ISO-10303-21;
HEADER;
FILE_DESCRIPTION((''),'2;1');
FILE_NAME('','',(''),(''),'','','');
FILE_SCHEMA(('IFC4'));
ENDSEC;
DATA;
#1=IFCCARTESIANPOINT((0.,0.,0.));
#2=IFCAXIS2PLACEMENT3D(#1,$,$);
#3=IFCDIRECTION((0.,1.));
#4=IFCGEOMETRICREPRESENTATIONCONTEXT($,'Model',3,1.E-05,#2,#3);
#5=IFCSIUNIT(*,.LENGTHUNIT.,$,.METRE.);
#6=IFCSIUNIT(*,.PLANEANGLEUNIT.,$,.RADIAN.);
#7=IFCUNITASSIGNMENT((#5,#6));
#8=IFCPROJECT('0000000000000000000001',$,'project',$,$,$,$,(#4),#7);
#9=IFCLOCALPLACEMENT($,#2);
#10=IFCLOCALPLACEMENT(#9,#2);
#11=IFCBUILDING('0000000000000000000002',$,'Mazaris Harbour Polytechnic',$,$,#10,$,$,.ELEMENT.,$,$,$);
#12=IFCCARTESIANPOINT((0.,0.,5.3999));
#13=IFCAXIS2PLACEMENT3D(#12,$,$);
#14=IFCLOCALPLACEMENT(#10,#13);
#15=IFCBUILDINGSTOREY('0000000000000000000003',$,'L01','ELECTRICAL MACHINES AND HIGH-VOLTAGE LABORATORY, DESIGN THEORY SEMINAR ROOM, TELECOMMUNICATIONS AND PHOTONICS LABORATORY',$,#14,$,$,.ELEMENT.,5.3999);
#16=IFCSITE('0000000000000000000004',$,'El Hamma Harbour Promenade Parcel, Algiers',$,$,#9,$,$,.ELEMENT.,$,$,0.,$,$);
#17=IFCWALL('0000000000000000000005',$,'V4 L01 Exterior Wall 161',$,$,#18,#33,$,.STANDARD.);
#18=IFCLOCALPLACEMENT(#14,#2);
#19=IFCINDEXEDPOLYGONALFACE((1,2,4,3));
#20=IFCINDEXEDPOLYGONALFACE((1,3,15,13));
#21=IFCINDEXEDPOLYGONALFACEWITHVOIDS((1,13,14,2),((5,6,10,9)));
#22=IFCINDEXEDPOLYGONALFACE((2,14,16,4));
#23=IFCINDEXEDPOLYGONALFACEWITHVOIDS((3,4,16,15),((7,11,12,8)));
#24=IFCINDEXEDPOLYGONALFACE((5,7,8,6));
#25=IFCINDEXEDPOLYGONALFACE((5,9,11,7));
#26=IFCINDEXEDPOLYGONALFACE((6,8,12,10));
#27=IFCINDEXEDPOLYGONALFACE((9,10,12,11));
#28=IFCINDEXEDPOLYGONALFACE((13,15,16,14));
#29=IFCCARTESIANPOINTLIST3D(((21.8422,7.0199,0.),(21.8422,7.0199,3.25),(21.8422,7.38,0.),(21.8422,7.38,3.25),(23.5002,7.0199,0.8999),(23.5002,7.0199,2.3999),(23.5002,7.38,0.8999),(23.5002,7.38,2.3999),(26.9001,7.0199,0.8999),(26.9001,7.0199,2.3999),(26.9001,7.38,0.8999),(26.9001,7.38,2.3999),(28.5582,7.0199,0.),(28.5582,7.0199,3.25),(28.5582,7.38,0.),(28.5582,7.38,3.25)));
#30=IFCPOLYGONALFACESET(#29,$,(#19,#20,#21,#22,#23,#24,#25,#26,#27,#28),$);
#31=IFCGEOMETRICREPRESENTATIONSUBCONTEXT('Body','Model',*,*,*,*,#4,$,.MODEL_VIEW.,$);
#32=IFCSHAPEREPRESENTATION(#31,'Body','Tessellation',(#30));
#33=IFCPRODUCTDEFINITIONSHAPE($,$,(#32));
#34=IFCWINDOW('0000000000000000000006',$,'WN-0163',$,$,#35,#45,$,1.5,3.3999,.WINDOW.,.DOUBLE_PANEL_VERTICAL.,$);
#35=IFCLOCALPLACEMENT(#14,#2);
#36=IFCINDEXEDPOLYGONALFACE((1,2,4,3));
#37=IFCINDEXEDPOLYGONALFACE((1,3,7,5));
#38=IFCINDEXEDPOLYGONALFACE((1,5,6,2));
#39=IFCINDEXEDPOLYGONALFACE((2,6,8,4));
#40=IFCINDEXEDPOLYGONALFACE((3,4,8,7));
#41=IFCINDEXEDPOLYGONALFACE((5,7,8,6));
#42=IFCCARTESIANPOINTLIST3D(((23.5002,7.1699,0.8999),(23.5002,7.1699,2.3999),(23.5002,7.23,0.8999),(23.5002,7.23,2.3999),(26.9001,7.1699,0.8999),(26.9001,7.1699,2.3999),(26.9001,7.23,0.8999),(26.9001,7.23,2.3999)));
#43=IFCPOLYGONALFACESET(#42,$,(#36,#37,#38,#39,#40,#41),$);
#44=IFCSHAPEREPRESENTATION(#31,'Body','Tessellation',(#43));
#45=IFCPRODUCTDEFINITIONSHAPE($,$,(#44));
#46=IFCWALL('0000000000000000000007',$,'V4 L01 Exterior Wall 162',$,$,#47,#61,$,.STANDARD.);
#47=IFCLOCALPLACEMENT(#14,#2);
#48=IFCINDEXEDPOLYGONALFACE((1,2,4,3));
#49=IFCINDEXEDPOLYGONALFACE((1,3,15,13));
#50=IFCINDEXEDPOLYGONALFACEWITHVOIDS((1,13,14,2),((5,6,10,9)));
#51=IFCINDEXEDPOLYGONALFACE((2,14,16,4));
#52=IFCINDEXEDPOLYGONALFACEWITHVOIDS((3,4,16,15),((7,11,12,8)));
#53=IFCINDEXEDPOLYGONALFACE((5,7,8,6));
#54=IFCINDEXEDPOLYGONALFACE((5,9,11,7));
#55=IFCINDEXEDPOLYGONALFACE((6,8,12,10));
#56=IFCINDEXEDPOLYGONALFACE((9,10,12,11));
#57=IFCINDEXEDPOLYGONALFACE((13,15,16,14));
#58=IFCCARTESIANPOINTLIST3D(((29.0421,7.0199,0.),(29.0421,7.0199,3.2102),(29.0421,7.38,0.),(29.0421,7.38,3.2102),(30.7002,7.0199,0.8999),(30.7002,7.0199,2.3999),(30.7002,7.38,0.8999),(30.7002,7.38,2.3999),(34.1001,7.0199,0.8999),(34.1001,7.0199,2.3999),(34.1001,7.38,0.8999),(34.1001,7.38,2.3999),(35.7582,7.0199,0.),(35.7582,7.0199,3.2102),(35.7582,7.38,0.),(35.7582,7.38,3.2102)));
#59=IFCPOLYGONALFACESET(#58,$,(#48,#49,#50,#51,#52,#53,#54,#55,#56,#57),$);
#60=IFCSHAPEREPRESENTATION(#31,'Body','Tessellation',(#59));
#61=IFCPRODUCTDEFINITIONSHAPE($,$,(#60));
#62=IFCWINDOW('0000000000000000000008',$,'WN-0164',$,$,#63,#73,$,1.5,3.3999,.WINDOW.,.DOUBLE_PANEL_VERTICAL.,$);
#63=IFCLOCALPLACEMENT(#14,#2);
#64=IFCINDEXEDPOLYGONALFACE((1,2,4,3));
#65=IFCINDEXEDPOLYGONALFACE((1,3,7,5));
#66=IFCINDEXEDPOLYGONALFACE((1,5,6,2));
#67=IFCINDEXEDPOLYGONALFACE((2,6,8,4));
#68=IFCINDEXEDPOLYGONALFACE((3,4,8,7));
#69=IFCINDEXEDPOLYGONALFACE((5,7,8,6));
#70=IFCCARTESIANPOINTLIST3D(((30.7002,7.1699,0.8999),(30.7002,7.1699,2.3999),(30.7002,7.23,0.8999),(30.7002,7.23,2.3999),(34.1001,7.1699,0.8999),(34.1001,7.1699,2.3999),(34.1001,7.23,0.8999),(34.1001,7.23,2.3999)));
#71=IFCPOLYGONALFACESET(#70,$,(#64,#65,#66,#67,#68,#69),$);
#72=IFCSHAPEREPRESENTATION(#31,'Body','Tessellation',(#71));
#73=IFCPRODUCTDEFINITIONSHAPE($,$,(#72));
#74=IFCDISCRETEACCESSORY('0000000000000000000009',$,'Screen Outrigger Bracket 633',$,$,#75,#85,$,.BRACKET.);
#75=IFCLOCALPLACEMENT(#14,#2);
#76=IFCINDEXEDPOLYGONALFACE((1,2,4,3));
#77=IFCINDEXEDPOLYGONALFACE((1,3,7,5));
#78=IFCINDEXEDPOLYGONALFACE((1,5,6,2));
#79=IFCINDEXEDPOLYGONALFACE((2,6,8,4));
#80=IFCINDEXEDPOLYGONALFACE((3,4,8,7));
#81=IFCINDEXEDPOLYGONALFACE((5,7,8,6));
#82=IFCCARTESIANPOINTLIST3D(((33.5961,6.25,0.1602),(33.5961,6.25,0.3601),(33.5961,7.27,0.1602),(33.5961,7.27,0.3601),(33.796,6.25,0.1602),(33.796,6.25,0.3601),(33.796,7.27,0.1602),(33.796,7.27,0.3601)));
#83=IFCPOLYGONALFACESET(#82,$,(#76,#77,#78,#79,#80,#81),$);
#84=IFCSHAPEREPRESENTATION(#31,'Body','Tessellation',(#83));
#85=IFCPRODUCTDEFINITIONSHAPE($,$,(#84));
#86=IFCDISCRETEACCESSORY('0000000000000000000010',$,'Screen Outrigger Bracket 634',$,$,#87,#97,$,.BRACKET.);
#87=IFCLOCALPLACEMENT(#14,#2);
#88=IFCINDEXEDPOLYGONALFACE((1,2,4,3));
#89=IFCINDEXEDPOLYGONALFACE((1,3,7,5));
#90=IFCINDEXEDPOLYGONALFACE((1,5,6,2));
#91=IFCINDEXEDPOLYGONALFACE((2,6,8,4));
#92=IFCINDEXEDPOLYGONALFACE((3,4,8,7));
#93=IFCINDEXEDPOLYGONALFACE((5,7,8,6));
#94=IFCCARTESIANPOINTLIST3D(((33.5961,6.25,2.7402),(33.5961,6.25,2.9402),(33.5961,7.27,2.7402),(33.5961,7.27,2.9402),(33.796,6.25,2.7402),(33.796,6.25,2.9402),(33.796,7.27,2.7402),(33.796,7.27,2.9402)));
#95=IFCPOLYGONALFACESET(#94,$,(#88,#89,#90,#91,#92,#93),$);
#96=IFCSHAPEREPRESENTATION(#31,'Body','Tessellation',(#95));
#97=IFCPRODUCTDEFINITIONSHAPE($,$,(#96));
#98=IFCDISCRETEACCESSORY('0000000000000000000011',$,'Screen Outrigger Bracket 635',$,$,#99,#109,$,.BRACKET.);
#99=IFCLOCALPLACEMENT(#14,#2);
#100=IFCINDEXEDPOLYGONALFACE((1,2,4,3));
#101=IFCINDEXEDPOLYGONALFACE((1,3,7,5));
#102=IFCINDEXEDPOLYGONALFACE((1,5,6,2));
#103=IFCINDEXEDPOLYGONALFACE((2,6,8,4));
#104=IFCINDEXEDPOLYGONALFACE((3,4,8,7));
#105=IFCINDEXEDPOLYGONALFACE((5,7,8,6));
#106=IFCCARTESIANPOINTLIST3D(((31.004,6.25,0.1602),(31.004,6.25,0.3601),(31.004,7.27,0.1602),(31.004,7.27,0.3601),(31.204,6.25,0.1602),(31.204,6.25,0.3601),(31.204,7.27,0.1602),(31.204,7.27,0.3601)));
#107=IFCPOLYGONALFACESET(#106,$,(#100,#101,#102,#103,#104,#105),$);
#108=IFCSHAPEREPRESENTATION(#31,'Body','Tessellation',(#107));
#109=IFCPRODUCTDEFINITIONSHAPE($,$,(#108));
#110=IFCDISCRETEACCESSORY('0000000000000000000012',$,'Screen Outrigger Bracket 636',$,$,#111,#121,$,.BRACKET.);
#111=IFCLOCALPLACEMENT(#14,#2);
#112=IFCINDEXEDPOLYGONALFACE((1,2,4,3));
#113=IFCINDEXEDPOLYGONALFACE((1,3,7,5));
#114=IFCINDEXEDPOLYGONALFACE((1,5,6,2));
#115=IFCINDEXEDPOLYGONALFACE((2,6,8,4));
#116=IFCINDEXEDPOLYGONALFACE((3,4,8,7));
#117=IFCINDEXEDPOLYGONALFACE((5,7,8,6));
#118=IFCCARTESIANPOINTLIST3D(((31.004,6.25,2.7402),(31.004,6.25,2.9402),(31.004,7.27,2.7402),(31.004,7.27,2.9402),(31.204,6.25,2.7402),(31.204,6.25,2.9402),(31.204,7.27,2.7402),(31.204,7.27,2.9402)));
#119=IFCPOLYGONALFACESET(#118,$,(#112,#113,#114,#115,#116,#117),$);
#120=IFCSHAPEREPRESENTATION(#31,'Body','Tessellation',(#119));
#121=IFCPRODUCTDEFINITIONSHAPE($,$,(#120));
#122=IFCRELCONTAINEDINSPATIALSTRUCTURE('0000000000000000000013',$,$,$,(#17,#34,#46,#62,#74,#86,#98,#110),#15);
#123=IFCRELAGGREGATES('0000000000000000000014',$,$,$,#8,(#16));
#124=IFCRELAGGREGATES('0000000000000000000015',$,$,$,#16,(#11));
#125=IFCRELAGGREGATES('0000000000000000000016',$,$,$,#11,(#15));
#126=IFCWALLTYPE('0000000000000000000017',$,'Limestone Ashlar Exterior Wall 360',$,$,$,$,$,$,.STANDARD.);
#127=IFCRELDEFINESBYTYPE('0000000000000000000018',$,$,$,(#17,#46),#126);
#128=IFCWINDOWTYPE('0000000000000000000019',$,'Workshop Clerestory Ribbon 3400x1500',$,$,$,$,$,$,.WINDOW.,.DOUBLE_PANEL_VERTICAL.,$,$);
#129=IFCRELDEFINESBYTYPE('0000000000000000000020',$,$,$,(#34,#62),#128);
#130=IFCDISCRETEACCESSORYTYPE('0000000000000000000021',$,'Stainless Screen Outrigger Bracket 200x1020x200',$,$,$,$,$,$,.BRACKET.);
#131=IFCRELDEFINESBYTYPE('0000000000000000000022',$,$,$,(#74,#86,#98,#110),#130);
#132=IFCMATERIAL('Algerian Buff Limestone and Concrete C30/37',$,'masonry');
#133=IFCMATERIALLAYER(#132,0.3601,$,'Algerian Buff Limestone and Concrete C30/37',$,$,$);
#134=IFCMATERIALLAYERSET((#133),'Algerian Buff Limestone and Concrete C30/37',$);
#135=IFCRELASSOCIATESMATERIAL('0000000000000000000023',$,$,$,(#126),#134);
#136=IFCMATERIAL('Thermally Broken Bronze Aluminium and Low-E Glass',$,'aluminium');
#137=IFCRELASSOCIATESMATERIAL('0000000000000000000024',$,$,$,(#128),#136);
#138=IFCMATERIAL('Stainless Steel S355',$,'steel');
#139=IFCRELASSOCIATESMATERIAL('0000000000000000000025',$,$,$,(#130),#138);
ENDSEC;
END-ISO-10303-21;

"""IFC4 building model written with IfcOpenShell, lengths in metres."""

from ifc_helpers import new_model, si_unit, direction, frame, frame_2d, origin, origin_2d, place, context, subcontext, project, spatial, rectangle, extrude, material, layer, layer_set, type_object, element, fill, save


model = new_model("IFC4")

# Units and contexts
model_context = context("Model", 3, precision=1e-05, world=origin(), true_north=direction((0.0, 1.0)))
body_context = subcontext(model_context, "Body", "Model", "MODEL_VIEW")
ifc_project = project(units=[si_unit("LENGTHUNIT", "METRE"), si_unit("PLANEANGLEUNIT", "RADIAN")], contexts=[model_context])

# Site, building, storey
site_placement = place(None, origin())
site = spatial("IfcSite", under=ifc_project, at=site_placement, Name="El Hamma Harbour Promenade Parcel, Algiers", CompositionType="ELEMENT", RefElevation=0.0)
building_placement = place(site_placement, origin())
building = spatial("IfcBuilding", under=site, at=building_placement, Name="Mazaris Harbour Polytechnic", CompositionType="ELEMENT")
storey_placement = place(building_placement, frame((0.0, 0.0, 5.3999)))
storey = spatial("IfcBuildingStorey", under=building, at=storey_placement, Name="L01", Description="ELECTRICAL MACHINES AND HIGH-VOLTAGE LABORATORY, DESIGN THEORY SEMINAR ROOM, TELECOMMUNICATIONS AND PHOTONICS LABORATORY", CompositionType="ELEMENT", Elevation=5.3999)

# Walls, openings, windows
ifc_material_1 = material(Name="Algerian Buff Limestone and Concrete C30/37", Category="masonry")
ifc_layer = layer(ifc_material_1, 0.3601, Name="Algerian Buff Limestone and Concrete C30/37")
ifc_layer_set = layer_set([ifc_layer], Name="Algerian Buff Limestone and Concrete C30/37")
wall_type = type_object("IfcWallType", Name="Limestone Ashlar Exterior Wall 360", PredefinedType="STANDARD", material=ifc_layer_set)
wall_1_placement = place(storey_placement, frame((28.5581, 7.2, 0.0), z_axis=(0.0, 0.0, 1.0), x_axis=(-1.0, 0.0, 0.0)))
wall_1 = element("IfcWall", 1, at=wall_1_placement, inside=storey, type_object=wall_type, Name="V4 L01 Exterior Wall 161", PredefinedType="STANDARD", context=body_context, shape_type="SweptSolid", body=[
    extrude(rectangle(XDim=6.7161, YDim=0.3601, at=frame_2d((3.3579, 0.0))), origin(), (0.0, 0.0, 1.0), 3.25),
])
opening_1_placement = place(wall_1_placement, frame((1.658, 0.0, 0.8999)))
opening_1 = element("IfcOpeningElement", 2, at=opening_1_placement, cuts=wall_1, PredefinedType="OPENING", context=body_context, shape_type="SweptSolid", body=[
    extrude(rectangle(XDim=3.3999, YDim=1.5, at=frame_2d((1.7, 0.75))), frame((0.0, 0.1899, 0.0), z_axis=(0.0, -1.0, 0.0), x_axis=(1.0, 0.0, 0.0)), (0.0, 0.0, 1.0), 0.3801),
])
ifc_material_2 = material(Name="Thermally Broken Bronze Aluminium and Low-E Glass", Category="aluminium")
window_type = type_object("IfcWindowType", Name="Workshop Clerestory Ribbon 3400x1500", PartitioningType="DOUBLE_PANEL_VERTICAL", PredefinedType="WINDOW", material=ifc_material_2)
window_1_placement = place(opening_1_placement, origin())
window_1 = element("IfcWindow", 3, at=window_1_placement, inside=storey, type_object=window_type, Name="WN-0163", OverallHeight=1.5, OverallWidth=3.3999, PartitioningType="DOUBLE_PANEL_VERTICAL", PredefinedType="WINDOW", context=body_context, shape_type="SweptSolid", body=[
    extrude(rectangle(XDim=3.3999, YDim=1.5, at=frame_2d((1.7, 0.75))), frame((0.0, 0.03, 0.0), z_axis=(0.0, -1.0, 0.0), x_axis=(1.0, 0.0, 0.0)), (0.0, 0.0, 1.0), 0.0601),
])
fill(opening_1, window_1)
wall_2_placement = place(storey_placement, frame((35.7581, 7.2, 0.0), z_axis=(0.0, 0.0, 1.0), x_axis=(-1.0, 0.0, 0.0)))
wall_2 = element("IfcWall", 4, at=wall_2_placement, inside=storey, type_object=wall_type, Name="V4 L01 Exterior Wall 162", PredefinedType="STANDARD", context=body_context, shape_type="SweptSolid", body=[
    extrude(rectangle(XDim=6.7161, YDim=0.3601, at=frame_2d((3.3579, 0.0))), origin(), (0.0, 0.0, 1.0), 3.2102),
])
opening_2_placement = place(wall_2_placement, frame((1.658, 0.0, 0.8999)))
opening_2 = element("IfcOpeningElement", 5, at=opening_2_placement, cuts=wall_2, PredefinedType="OPENING", context=body_context, shape_type="SweptSolid", body=[
    extrude(rectangle(XDim=3.3999, YDim=1.5, at=frame_2d((1.7, 0.75))), frame((0.0, 0.1899, 0.0), z_axis=(0.0, -1.0, 0.0), x_axis=(1.0, 0.0, 0.0)), (0.0, 0.0, 1.0), 0.3801),
])
window_2_placement = place(opening_2_placement, origin())
window_2 = element("IfcWindow", 6, at=window_2_placement, inside=storey, type_object=window_type, Name="WN-0164", OverallHeight=1.5, OverallWidth=3.3999, PartitioningType="DOUBLE_PANEL_VERTICAL", PredefinedType="WINDOW", context=body_context, shape_type="SweptSolid", body=[
    extrude(rectangle(XDim=3.3999, YDim=1.5, at=frame_2d((1.7, 0.75))), frame((0.0, 0.03, 0.0), z_axis=(0.0, -1.0, 0.0), x_axis=(1.0, 0.0, 0.0)), (0.0, 0.0, 1.0), 0.0601),
])
fill(opening_2, window_2)

# Discrete accessories
ifc_material_3 = material(Name="Stainless Steel S355", Category="steel")
discrete_accessory_type = type_object("IfcDiscreteAccessoryType", Name="Stainless Screen Outrigger Bracket 200x1020x200", PredefinedType="BRACKET", material=ifc_material_3)
for number, where, z_axis, x_axis, name in (
    (7, (33.696, 6.76, 0.1602), (0.0, 0.0, 1.0), (-1.0, 0.0, 0.0), "Screen Outrigger Bracket 633"),
    (8, (33.696, 6.76, 2.7402), (0.0, 0.0, 1.0), (-1.0, 0.0, 0.0), "Screen Outrigger Bracket 634"),
    (9, (31.104, 6.76, 0.1602), (0.0, 0.0, 1.0), (-1.0, 0.0, 0.0), "Screen Outrigger Bracket 635"),
    (10, (31.104, 6.76, 2.7402), (0.0, 0.0, 1.0), (-1.0, 0.0, 0.0), "Screen Outrigger Bracket 636"),
):
    element("IfcDiscreteAccessory", number, at=place(storey_placement, frame(where, z_axis=z_axis, x_axis=x_axis)), inside=storey, type_object=discrete_accessory_type, Name=name, PredefinedType="BRACKET", context=body_context, shape_type="SweptSolid", body=[
        extrude(rectangle(XDim=0.2, YDim=1.02, at=origin_2d()), origin(), (0.0, 0.0, 1.0), 0.2),
    ])

save(model, "model.ifc")
